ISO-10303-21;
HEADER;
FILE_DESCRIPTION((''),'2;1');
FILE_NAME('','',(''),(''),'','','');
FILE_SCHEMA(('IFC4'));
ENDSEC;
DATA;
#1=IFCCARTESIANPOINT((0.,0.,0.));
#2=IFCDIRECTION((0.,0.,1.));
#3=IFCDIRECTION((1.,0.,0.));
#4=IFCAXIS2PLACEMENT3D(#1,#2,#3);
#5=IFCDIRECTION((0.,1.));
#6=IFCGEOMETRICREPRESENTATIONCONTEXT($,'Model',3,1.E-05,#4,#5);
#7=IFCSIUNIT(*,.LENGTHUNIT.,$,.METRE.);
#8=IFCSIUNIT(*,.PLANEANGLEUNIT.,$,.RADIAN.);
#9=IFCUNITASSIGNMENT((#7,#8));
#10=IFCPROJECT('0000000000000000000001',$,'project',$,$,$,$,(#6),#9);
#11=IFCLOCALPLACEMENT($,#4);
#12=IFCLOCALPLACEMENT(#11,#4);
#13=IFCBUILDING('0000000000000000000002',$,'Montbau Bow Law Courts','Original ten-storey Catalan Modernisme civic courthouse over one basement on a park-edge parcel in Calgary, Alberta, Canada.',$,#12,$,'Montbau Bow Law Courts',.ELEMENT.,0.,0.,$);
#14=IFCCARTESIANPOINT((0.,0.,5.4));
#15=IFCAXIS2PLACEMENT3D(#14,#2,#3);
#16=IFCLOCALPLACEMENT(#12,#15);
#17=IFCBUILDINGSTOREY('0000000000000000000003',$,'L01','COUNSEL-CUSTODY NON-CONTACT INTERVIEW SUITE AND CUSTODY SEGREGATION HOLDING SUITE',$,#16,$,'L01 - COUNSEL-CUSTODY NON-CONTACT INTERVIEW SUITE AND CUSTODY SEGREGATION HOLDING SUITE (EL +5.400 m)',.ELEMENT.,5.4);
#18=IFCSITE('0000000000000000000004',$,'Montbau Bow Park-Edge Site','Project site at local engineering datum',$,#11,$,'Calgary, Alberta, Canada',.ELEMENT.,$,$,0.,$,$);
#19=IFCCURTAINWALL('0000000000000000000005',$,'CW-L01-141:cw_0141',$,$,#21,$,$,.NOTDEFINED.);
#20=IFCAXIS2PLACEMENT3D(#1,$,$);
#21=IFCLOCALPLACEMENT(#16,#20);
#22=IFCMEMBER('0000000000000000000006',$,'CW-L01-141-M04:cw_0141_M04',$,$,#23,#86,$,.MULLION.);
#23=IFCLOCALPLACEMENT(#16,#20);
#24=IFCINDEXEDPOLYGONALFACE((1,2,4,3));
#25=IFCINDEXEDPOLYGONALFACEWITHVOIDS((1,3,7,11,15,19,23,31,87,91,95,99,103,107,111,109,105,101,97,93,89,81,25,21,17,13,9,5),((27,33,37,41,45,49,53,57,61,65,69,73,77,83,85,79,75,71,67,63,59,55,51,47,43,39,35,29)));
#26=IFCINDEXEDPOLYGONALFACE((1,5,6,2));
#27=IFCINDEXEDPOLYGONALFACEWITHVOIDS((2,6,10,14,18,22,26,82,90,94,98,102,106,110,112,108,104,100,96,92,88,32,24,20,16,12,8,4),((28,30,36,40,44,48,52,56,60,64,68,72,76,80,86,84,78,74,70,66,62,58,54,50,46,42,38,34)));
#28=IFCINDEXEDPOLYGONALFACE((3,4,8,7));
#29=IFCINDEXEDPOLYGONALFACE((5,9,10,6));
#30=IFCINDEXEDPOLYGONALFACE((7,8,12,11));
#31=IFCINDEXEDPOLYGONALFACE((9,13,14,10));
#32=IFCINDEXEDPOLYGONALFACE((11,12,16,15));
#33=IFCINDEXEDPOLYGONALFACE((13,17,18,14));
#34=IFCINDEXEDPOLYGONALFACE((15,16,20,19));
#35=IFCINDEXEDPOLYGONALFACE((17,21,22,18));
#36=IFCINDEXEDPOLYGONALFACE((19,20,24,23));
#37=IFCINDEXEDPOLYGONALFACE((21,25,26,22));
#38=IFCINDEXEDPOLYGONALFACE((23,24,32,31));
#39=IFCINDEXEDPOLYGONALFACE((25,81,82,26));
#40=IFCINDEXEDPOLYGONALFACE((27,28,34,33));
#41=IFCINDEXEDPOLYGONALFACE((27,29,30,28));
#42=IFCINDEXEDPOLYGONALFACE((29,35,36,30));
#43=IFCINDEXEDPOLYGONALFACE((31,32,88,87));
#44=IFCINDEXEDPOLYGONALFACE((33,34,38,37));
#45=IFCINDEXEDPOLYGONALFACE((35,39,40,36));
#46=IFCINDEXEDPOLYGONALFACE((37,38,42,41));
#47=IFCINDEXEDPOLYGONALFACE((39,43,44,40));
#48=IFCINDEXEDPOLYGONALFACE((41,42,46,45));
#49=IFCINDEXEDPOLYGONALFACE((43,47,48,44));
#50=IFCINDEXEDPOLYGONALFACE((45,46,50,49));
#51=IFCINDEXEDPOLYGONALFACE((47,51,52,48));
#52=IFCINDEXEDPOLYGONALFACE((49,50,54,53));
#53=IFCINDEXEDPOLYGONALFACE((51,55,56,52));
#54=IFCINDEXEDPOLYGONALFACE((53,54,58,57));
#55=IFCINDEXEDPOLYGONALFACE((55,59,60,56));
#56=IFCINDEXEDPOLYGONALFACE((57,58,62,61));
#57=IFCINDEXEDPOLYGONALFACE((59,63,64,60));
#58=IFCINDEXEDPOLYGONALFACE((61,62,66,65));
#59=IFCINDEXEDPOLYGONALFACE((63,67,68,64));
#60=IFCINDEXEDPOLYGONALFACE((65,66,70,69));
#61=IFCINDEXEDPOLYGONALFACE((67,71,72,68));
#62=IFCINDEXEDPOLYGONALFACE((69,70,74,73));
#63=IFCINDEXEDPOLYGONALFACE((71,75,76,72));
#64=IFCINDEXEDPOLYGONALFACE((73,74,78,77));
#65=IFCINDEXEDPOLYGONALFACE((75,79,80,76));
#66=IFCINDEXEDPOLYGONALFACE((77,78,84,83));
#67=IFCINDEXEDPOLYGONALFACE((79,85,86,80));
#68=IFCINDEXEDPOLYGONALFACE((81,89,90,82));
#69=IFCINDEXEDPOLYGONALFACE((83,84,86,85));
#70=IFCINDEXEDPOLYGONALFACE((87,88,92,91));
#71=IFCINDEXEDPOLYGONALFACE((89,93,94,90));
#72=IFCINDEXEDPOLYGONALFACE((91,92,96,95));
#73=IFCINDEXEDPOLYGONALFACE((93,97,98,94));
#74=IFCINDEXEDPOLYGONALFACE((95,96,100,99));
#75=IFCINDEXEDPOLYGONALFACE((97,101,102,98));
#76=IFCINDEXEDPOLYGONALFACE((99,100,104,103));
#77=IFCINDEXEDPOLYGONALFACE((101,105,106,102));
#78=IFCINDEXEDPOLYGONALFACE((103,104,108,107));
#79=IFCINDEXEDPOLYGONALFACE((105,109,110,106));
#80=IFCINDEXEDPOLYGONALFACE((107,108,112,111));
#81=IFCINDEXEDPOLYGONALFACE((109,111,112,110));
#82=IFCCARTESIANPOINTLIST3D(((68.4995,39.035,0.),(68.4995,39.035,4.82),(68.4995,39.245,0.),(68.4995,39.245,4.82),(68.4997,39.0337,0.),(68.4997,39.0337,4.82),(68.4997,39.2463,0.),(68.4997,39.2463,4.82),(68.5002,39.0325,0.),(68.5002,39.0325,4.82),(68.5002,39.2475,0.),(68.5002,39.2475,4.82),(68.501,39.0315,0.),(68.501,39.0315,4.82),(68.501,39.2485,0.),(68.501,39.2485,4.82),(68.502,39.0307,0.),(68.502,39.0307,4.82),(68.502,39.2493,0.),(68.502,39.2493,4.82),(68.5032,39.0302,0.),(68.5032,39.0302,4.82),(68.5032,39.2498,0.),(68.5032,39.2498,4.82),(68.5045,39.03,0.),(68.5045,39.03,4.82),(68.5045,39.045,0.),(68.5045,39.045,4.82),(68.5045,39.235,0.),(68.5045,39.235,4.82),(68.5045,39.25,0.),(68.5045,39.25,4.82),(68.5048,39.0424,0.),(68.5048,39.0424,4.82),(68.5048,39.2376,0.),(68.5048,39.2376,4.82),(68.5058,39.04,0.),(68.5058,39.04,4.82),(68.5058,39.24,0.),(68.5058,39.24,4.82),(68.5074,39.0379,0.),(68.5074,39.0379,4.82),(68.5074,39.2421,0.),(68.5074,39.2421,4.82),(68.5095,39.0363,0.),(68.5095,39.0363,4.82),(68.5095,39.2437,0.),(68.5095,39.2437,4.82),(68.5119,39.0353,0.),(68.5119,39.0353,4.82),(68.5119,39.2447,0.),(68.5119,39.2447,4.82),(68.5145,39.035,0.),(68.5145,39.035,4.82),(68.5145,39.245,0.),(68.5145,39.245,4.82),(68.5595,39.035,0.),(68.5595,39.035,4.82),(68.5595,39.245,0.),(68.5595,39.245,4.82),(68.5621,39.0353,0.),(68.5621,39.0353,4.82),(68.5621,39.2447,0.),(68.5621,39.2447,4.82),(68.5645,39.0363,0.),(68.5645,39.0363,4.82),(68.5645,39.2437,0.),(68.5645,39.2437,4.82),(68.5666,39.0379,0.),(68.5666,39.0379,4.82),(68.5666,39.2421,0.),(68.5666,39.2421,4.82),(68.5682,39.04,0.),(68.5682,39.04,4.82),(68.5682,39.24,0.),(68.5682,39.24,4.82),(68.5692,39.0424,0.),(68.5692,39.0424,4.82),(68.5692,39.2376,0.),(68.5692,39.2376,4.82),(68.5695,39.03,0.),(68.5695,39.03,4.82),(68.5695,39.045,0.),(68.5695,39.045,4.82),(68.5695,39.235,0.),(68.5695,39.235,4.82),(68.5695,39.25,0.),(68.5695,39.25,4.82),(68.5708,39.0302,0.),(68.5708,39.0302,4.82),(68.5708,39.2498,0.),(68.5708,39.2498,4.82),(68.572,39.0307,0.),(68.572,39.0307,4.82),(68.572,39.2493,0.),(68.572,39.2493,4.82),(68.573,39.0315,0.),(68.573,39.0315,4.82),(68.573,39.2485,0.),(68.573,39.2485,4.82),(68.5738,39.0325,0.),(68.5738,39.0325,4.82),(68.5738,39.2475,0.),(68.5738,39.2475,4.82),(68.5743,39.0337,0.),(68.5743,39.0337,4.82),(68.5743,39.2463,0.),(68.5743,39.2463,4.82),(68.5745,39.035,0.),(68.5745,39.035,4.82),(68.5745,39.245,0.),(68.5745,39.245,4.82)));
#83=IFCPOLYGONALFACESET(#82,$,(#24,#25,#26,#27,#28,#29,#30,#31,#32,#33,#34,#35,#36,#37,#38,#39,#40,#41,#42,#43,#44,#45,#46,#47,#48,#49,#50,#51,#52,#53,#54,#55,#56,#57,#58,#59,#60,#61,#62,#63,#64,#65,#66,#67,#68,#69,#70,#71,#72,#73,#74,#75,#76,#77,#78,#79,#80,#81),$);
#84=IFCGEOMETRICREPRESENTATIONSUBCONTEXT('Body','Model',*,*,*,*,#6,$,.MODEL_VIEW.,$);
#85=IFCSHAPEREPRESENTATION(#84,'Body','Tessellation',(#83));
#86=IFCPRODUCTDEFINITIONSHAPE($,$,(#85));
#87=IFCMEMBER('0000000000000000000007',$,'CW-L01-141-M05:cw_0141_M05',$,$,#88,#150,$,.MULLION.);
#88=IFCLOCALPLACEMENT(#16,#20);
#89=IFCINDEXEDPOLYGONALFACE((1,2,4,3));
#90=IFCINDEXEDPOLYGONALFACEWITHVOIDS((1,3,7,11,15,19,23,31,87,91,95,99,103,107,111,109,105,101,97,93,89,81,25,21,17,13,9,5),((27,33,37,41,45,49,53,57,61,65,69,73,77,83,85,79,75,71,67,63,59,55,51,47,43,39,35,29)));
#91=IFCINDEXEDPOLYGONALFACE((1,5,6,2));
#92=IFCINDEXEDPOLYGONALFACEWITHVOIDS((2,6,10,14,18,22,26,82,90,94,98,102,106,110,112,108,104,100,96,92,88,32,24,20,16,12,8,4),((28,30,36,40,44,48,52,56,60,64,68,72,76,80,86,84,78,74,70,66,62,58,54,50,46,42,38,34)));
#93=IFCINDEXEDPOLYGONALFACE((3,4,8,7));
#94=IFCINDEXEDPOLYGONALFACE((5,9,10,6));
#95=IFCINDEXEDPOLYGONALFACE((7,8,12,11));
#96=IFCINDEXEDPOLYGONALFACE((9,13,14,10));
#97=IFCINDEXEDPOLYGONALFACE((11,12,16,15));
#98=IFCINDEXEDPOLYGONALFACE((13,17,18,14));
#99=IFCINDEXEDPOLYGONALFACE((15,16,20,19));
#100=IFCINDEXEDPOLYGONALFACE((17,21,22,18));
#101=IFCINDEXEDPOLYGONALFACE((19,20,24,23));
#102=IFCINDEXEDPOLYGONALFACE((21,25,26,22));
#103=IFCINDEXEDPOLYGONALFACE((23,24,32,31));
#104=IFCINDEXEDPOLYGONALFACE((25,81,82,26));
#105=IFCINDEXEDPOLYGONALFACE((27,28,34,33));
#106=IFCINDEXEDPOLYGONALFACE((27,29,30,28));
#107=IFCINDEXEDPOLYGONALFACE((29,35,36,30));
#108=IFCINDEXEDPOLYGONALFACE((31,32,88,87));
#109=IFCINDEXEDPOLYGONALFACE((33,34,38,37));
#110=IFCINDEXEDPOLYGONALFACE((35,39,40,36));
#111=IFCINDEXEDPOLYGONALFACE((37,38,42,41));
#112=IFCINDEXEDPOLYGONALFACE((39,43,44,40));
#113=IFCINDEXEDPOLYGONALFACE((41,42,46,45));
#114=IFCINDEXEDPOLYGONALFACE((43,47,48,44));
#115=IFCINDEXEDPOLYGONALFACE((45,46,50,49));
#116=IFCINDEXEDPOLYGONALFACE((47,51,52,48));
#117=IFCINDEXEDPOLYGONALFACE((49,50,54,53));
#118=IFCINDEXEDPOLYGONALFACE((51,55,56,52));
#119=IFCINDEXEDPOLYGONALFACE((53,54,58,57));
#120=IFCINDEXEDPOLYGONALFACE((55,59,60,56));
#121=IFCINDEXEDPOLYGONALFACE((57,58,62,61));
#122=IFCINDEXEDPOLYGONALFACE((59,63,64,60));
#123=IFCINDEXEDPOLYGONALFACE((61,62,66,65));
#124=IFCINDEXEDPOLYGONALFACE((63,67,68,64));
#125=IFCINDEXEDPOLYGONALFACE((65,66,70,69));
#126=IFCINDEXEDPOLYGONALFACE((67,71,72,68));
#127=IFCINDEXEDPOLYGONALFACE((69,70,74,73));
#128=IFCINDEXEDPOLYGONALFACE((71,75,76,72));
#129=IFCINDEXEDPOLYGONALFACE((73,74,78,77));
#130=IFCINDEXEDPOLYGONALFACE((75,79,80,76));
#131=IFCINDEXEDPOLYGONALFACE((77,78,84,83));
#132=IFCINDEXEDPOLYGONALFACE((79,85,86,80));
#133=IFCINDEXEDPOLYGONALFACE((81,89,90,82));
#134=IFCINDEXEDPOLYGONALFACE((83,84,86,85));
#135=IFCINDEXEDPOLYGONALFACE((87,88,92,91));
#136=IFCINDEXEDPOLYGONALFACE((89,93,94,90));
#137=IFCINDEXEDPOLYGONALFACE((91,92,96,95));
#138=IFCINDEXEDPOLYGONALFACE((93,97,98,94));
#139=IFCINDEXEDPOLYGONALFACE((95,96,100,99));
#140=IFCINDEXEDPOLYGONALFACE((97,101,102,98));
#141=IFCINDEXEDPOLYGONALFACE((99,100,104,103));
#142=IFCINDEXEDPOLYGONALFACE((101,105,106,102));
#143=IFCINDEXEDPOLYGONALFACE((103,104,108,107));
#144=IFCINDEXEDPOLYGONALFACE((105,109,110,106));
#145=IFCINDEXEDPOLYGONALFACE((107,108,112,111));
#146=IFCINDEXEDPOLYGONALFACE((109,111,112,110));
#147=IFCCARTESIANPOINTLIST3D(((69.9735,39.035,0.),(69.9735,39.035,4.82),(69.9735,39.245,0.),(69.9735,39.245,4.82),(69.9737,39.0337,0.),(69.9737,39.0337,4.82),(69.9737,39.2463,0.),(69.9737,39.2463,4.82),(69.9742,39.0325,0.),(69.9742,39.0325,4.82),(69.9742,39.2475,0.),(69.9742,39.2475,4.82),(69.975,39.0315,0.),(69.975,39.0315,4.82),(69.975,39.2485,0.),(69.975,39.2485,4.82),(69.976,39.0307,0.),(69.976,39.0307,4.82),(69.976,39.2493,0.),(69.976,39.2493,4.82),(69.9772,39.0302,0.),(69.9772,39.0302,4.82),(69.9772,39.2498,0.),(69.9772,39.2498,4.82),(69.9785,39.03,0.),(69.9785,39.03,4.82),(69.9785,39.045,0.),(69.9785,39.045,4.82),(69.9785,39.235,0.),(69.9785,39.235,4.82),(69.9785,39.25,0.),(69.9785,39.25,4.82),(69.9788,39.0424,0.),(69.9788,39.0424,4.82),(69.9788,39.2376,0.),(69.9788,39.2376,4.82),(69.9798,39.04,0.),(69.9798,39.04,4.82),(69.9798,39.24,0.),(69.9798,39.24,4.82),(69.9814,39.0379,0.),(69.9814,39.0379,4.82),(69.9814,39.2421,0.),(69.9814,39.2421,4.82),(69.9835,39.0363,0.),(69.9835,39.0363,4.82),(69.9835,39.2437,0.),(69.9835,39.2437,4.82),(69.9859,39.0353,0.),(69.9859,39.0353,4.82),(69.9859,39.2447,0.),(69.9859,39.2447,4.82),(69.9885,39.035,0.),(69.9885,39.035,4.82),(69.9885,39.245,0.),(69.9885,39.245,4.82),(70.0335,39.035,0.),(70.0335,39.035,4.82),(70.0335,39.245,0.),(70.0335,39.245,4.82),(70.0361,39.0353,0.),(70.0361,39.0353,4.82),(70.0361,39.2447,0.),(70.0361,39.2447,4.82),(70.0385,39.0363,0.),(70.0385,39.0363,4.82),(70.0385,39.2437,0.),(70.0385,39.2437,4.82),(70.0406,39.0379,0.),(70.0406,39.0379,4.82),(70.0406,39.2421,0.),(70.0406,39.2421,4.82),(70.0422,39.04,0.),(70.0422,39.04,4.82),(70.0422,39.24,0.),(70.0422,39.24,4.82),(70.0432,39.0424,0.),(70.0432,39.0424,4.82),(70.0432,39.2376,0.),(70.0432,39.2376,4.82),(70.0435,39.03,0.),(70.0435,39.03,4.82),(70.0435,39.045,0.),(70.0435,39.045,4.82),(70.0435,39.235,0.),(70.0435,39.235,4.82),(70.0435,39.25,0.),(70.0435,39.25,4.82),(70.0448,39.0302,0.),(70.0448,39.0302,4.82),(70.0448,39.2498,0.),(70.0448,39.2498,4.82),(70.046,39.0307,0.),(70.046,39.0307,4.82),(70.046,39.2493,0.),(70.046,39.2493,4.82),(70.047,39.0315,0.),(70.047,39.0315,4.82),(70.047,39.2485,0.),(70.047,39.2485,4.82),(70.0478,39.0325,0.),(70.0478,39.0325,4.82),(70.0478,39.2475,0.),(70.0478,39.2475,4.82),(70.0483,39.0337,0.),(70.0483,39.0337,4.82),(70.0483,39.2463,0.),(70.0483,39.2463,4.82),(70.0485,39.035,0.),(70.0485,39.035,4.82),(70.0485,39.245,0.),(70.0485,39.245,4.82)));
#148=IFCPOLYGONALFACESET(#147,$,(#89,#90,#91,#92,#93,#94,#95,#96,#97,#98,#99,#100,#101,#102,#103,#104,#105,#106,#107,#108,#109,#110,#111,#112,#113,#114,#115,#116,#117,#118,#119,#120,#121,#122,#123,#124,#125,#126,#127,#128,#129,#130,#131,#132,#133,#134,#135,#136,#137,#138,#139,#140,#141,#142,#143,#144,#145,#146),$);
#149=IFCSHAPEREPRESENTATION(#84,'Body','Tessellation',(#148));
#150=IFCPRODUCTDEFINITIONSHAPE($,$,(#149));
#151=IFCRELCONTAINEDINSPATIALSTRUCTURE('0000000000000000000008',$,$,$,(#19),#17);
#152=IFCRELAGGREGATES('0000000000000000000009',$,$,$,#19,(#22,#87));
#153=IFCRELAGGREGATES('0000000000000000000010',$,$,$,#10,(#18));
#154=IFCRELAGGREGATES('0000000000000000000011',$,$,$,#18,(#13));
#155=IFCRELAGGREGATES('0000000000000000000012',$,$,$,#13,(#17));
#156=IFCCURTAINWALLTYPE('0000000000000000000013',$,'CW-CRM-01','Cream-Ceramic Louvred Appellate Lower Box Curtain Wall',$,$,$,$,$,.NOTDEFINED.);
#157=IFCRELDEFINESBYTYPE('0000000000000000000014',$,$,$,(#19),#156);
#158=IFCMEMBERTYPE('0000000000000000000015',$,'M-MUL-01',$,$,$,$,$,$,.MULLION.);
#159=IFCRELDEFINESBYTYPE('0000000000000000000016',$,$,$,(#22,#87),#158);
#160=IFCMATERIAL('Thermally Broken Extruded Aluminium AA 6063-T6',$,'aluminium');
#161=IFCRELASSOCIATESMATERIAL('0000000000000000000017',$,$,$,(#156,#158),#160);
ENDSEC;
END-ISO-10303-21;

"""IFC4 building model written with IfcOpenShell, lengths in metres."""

from ifc_helpers import new_model, si_unit, direction, frame, origin_with_axes, origin_2d_with_axis, place, context, subcontext, project, spatial, hollow_rectangle, extrude, material, material_profile, profile_set, type_object, element, aggregate, save


model = new_model("IFC4")

# Units and contexts
model_context = context("Model", 3, precision=1e-05, world=origin_with_axes(), true_north=direction((0.0, 1.0)))
body_context = subcontext(model_context, "Body", "Model", "MODEL_VIEW")
ifc_project = project(units=[si_unit("LENGTHUNIT", "METRE"), si_unit("PLANEANGLEUNIT", "RADIAN")], contexts=[model_context])

# Site, building, storey
site_placement = place(None, origin_with_axes())
site = spatial("IfcSite", under=ifc_project, at=site_placement, Name="Montbau Bow Park-Edge Site", Description="Project site at local engineering datum", LongName="Calgary, Alberta, Canada", CompositionType="ELEMENT", RefElevation=0.0)
building_placement = place(site_placement, origin_with_axes())
building = spatial("IfcBuilding", under=site, at=building_placement, Name="Montbau Bow Law Courts", Description="Original ten-storey Catalan Modernisme civic courthouse over one basement on a park-edge parcel in Calgary, Alberta, Canada.", LongName="Montbau Bow Law Courts", CompositionType="ELEMENT", ElevationOfRefHeight=0.0, ElevationOfTerrain=0.0)
storey_placement = place(building_placement, frame((0.0, 0.0, 5.4), z_axis=(0.0, 0.0, 1.0), x_axis=(1.0, 0.0, 0.0)))
storey = spatial("IfcBuildingStorey", under=building, at=storey_placement, Name="L01", Description="COUNSEL-CUSTODY NON-CONTACT INTERVIEW SUITE AND CUSTODY SEGREGATION HOLDING SUITE", LongName="L01 - COUNSEL-CUSTODY NON-CONTACT INTERVIEW SUITE AND CUSTODY SEGREGATION HOLDING SUITE (EL +5.400 m)", CompositionType="ELEMENT", Elevation=5.4)

# Curtain wall, members
ifc_material_1 = material(Name="Thermally Broken Extruded Aluminium AA 6063-T6", Category="aluminium")
curtain_wall_type = type_object("IfcCurtainWallType", Name="CW-CRM-01", Description="Cream-Ceramic Louvred Appellate Lower Box Curtain Wall", PredefinedType="NOTDEFINED", material=ifc_material_1)
curtain_wall_1_placement = place(None, frame((64.115, 39.14, 5.4), z_axis=(0.0, 0.0, 1.0), x_axis=(1.0, 0.0, 0.0)))
curtain_wall_1 = element("IfcCurtainWall", 1, at=curtain_wall_1_placement, inside=storey, type_object=curtain_wall_type, Name="CW-L01-141:cw_0141", PredefinedType="NOTDEFINED")
ifc_material_profile_1 = material_profile(ifc_material_1, hollow_rectangle(XDim=0.075, YDim=0.22, WallThickness=0.005, InnerFilletRadius=0.01, OuterFilletRadius=0.005, at=origin_2d_with_axis()), Name="CWM-220X75", Category="Main", Priority=0)
ifc_profile_set_1 = profile_set([ifc_material_profile_1], Name="Thermally Broken Extruded Aluminium AA 6063-T6")
member_type_1 = type_object("IfcMemberType", Name="M-MUL-01", PredefinedType="MULLION", material=ifc_profile_set_1)
member_1_placement = place(None, frame((68.537, 39.14, 5.4), z_axis=(0.0, 0.0, 1.0), x_axis=(1.0, 0.0, 0.0)))
member_1 = element("IfcMember", 2, at=member_1_placement, type_object=member_type_1, Name="CW-L01-141-M04:cw_0141_M04", PredefinedType="MULLION", context=body_context, shape_type="SweptSolid", body=[
    extrude(hollow_rectangle(XDim=0.075, YDim=0.22, WallThickness=0.005, InnerFilletRadius=0.01, OuterFilletRadius=0.005, at=origin_2d_with_axis()), origin_with_axes(), (0.0, 0.0, 1.0), 4.82),
])
member_2_placement = place(None, frame((70.011, 39.14, 5.4), z_axis=(0.0, 0.0, 1.0), x_axis=(1.0, 0.0, 0.0)))
member_2 = element("IfcMember", 3, at=member_2_placement, type_object=member_type_1, Name="CW-L01-141-M05:cw_0141_M05", PredefinedType="MULLION", context=body_context, shape_type="SweptSolid", body=[
    extrude(hollow_rectangle(XDim=0.075, YDim=0.22, WallThickness=0.005, InnerFilletRadius=0.01, OuterFilletRadius=0.005, at=origin_2d_with_axis()), origin_with_axes(), (0.0, 0.0, 1.0), 4.82),
])

aggregate(curtain_wall_1, [member_1, member_2])

save(model, "model.ifc")
